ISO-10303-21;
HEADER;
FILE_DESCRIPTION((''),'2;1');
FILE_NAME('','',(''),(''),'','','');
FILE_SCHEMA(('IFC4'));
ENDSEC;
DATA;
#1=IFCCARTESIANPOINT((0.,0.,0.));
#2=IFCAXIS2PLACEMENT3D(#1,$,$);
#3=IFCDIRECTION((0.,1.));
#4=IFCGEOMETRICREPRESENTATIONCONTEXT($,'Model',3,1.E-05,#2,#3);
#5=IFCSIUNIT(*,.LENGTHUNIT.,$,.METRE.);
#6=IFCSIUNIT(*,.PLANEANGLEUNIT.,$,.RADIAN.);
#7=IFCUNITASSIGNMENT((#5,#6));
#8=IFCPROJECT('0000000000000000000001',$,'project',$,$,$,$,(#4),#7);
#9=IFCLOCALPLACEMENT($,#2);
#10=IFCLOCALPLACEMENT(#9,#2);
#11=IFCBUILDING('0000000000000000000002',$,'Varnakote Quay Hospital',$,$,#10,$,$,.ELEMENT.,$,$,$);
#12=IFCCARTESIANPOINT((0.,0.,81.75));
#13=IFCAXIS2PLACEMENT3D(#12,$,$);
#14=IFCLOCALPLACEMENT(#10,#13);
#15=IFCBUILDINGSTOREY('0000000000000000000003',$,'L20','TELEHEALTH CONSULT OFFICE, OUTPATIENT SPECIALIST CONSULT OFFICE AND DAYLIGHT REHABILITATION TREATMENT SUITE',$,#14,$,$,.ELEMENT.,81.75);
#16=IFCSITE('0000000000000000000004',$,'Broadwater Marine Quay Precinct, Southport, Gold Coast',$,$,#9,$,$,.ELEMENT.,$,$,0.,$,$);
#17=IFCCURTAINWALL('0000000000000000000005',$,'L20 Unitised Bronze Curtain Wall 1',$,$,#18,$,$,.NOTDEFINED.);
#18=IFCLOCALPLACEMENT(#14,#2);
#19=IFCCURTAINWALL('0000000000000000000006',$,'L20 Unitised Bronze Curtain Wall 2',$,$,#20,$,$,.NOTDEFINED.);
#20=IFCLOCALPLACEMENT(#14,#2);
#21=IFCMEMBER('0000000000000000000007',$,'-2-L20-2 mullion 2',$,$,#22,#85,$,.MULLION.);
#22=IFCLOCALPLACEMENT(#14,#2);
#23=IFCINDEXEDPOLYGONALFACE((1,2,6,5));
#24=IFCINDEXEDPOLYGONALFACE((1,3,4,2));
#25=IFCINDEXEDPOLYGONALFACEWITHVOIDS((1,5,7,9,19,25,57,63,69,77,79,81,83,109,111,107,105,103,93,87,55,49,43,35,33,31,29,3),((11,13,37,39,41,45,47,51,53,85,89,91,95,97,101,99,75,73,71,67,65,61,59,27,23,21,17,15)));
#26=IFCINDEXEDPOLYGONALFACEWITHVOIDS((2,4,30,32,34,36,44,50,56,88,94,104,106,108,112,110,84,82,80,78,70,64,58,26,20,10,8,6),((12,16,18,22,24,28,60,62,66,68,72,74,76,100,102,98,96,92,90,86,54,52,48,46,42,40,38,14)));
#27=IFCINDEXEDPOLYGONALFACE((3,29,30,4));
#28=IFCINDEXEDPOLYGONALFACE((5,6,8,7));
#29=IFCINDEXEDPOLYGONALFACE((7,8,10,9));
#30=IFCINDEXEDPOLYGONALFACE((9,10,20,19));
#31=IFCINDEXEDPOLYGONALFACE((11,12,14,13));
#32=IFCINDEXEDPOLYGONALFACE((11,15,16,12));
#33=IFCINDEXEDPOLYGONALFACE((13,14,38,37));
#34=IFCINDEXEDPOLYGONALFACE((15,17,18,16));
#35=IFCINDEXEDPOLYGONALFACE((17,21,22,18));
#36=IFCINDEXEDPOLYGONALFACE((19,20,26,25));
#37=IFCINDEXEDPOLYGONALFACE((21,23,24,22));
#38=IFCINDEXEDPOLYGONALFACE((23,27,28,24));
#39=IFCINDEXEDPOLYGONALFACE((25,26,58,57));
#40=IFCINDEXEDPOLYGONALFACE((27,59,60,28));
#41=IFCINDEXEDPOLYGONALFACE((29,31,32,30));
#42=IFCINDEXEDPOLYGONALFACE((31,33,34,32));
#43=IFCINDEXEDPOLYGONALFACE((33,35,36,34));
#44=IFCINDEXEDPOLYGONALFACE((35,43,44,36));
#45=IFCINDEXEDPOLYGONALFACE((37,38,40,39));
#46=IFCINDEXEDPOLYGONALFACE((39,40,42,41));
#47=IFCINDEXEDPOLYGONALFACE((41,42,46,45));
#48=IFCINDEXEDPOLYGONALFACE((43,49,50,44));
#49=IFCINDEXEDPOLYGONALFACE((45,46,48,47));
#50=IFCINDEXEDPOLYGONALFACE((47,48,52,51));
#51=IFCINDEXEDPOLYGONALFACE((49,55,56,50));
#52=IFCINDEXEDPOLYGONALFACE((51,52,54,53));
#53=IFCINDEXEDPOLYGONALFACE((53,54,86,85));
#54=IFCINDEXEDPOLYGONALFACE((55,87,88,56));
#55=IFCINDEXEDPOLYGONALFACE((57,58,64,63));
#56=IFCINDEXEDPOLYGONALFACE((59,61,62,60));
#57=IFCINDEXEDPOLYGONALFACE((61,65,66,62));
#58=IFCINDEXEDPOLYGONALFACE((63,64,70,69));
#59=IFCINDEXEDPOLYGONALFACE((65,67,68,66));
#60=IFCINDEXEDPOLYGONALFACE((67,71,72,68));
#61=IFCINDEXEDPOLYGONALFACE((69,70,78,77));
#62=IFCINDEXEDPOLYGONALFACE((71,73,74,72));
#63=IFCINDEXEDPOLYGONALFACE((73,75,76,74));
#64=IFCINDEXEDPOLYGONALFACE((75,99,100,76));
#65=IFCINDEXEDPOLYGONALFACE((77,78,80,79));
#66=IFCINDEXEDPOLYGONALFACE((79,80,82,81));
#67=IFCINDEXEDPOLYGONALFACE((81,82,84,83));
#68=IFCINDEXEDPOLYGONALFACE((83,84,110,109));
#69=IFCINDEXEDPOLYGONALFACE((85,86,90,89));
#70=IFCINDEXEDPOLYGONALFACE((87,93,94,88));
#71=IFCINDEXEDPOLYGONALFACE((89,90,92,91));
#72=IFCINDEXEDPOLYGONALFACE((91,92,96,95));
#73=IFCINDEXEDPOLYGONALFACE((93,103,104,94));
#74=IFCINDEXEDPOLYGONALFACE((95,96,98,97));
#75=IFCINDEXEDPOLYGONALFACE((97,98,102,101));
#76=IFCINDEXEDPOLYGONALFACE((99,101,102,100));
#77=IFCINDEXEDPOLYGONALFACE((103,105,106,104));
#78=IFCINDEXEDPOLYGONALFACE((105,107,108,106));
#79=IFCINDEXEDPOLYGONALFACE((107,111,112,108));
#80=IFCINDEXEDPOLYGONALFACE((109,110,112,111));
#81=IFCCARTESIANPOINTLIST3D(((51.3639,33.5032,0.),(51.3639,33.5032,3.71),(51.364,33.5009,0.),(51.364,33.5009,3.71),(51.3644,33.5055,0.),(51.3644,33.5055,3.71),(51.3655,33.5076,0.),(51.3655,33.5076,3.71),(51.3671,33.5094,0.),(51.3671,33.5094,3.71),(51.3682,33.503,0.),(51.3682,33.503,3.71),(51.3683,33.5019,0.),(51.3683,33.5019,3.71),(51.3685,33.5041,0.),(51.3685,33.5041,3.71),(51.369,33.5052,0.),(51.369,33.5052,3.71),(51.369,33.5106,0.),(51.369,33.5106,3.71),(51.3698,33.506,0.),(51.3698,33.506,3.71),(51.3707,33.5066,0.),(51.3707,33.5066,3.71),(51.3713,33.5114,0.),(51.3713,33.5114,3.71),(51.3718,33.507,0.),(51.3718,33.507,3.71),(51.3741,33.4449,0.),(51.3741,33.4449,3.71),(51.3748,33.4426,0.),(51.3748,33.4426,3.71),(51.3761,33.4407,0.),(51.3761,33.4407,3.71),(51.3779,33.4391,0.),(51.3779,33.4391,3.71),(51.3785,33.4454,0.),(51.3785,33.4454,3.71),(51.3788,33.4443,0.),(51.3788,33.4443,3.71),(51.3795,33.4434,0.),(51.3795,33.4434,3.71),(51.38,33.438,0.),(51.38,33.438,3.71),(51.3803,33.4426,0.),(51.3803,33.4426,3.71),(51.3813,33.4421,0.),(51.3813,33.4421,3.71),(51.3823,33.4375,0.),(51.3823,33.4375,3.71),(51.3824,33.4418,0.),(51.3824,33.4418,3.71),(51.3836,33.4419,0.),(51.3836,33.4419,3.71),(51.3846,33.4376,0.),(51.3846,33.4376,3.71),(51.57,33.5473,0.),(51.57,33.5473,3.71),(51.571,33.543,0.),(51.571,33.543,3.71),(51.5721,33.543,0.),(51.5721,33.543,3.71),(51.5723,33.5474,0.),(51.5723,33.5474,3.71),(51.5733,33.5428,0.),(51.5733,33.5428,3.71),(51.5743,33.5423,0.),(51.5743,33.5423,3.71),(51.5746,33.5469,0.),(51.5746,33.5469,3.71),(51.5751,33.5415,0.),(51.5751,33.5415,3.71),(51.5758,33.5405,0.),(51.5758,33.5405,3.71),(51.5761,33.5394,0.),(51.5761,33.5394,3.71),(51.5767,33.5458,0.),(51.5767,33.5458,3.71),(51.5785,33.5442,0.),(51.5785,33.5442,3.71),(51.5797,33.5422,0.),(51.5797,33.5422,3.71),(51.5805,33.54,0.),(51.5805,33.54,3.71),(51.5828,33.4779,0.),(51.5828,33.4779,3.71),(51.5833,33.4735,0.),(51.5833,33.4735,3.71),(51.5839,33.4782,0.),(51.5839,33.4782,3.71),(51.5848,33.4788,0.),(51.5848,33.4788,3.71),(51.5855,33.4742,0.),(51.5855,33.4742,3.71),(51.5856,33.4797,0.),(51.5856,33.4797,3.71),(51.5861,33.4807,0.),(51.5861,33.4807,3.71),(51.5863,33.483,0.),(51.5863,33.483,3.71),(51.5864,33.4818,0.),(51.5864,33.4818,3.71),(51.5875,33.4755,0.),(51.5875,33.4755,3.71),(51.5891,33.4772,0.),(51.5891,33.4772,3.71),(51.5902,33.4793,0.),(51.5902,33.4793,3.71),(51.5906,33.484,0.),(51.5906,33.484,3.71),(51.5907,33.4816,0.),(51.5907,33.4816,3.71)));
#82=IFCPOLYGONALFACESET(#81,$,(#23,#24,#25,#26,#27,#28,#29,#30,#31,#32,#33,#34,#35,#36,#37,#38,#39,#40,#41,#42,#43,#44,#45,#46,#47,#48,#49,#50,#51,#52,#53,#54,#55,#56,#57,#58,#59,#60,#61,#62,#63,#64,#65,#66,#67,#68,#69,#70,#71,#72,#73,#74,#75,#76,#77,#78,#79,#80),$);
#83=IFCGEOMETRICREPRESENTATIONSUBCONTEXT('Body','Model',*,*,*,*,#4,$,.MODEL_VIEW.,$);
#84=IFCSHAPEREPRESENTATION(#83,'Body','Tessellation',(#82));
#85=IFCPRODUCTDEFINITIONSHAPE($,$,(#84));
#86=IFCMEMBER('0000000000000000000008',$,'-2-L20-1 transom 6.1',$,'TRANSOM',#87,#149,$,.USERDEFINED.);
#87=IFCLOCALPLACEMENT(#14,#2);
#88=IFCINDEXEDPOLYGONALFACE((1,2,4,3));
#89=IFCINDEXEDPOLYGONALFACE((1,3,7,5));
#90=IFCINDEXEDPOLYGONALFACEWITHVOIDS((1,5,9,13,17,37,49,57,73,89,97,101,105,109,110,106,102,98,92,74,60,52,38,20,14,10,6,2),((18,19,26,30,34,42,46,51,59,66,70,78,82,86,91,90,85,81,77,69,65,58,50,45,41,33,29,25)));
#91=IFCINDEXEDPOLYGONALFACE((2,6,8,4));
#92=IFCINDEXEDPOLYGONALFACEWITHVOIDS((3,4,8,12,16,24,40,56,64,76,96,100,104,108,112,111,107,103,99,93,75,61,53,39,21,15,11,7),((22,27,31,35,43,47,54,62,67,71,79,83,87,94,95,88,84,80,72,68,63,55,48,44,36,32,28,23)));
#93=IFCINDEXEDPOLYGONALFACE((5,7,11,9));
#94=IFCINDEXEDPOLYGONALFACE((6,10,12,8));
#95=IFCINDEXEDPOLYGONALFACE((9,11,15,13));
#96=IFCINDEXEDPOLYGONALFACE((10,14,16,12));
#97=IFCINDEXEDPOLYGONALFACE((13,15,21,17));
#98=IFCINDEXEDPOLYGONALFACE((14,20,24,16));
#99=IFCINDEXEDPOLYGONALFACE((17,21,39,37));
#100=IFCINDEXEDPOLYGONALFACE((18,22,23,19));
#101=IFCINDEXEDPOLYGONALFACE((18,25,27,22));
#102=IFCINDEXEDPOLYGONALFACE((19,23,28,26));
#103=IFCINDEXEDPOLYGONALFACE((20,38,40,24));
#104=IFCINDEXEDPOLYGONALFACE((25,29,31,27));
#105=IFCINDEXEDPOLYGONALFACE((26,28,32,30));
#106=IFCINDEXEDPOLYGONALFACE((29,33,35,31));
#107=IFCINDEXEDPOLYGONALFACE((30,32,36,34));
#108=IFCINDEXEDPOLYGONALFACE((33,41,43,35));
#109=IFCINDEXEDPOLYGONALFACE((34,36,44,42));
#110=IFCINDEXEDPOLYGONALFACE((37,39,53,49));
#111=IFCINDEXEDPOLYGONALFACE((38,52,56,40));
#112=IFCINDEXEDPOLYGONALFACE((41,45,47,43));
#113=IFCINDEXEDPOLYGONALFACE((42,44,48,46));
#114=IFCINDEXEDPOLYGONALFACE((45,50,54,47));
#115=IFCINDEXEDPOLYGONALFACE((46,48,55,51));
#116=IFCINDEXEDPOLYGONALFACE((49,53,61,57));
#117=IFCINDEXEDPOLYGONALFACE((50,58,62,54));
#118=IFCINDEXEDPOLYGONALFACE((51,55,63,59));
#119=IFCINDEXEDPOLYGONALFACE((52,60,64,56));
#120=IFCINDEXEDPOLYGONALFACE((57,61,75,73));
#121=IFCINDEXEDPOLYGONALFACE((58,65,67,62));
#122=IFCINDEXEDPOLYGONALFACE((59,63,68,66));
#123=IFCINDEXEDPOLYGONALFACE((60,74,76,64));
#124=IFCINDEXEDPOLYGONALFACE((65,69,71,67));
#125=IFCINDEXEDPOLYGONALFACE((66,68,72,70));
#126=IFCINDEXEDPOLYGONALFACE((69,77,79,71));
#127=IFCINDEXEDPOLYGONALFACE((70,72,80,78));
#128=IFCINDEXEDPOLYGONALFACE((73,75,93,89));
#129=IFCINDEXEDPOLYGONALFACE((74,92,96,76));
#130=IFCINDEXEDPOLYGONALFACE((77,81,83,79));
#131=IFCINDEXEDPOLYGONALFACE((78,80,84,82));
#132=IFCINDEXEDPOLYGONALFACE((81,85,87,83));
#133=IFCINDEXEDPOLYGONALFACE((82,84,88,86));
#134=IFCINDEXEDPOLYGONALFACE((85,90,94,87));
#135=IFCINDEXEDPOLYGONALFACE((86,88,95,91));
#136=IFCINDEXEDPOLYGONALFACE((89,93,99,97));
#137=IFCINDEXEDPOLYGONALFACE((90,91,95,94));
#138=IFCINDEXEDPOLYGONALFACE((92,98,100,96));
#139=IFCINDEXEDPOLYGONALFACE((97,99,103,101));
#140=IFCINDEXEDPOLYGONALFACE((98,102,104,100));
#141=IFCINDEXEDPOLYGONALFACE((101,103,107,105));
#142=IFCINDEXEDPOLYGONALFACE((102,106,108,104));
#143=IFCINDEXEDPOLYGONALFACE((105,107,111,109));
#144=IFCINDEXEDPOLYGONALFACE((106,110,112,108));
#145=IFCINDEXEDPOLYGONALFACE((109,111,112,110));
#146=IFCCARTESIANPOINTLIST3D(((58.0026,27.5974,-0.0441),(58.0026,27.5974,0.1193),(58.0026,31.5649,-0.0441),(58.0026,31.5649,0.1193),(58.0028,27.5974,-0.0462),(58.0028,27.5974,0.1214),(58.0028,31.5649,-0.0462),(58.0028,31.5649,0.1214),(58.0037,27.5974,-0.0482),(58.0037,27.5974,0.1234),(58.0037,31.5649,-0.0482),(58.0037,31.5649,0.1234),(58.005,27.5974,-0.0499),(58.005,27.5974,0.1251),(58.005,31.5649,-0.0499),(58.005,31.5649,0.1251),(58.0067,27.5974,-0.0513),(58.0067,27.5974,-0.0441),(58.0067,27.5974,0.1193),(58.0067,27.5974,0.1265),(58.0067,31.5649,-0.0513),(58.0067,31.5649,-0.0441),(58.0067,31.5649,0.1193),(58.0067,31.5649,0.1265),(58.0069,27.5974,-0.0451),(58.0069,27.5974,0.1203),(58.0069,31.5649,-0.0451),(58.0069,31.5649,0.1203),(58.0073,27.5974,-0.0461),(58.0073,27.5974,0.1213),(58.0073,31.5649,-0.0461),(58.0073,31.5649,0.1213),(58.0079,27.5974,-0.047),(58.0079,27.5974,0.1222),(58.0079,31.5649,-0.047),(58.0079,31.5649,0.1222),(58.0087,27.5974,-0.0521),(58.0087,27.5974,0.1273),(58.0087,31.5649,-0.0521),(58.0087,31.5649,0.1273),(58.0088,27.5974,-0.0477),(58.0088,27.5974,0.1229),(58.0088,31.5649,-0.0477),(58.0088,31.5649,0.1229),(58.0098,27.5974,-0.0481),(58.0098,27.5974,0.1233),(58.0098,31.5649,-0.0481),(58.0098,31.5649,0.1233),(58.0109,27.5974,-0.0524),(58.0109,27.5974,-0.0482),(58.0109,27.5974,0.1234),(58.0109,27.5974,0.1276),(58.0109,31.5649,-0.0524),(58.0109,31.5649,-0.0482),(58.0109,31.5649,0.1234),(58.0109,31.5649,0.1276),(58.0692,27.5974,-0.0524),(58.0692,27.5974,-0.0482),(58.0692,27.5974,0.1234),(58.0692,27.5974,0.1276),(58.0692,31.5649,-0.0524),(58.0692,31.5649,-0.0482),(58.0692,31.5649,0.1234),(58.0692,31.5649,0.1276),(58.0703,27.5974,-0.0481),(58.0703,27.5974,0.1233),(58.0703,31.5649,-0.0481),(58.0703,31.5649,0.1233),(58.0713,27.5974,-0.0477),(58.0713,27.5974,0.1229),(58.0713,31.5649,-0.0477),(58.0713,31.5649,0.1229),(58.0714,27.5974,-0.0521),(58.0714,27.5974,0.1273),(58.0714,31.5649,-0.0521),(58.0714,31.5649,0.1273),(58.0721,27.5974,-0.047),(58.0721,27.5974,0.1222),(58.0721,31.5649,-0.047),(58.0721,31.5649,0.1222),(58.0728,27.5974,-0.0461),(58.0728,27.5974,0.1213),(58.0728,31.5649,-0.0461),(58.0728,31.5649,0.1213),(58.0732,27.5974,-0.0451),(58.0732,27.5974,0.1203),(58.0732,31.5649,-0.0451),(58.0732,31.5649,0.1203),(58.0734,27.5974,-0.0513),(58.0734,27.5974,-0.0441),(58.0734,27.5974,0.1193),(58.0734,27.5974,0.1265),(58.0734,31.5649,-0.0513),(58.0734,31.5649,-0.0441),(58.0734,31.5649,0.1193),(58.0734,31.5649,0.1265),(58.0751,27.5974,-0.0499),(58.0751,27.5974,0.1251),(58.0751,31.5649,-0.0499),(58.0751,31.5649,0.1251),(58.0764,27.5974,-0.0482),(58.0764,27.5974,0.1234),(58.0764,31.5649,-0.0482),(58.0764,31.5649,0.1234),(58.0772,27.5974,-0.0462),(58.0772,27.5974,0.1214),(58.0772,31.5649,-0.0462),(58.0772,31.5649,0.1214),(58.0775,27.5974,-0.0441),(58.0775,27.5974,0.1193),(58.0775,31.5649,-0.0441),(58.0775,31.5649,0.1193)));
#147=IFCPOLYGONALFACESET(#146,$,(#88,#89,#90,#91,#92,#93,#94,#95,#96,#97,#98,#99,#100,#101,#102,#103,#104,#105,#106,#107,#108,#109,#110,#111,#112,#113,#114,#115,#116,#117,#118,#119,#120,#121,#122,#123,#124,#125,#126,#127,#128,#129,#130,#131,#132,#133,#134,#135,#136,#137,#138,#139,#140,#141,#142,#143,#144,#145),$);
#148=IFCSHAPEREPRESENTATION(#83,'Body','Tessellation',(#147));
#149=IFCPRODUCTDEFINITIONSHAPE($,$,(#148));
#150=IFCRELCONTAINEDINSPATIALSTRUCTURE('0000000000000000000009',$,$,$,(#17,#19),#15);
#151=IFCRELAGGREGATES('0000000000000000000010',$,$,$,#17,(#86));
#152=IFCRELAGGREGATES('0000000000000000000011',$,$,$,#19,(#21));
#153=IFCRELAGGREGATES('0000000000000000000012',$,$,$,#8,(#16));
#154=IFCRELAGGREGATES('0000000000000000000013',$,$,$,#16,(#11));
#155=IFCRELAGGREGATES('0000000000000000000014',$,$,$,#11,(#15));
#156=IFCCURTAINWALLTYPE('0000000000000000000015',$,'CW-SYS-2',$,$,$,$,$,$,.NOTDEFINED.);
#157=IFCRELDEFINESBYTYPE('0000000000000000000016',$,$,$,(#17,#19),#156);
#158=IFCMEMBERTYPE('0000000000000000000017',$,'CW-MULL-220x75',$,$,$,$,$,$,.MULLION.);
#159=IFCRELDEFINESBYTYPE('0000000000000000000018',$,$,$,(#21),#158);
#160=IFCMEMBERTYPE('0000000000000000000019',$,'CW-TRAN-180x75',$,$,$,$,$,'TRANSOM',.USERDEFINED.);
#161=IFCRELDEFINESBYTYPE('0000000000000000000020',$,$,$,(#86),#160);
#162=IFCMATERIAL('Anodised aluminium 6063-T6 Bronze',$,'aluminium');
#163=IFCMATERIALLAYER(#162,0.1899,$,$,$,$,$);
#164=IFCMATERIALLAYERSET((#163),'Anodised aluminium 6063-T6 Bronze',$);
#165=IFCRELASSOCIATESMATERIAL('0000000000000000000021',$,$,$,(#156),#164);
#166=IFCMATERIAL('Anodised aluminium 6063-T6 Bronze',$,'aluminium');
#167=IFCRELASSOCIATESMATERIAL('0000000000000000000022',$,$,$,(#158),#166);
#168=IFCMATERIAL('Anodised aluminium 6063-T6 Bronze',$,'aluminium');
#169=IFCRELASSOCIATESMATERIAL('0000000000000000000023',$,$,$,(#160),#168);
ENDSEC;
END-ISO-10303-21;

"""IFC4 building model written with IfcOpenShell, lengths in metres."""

from ifc_helpers import new_model, si_unit, direction, frame, origin, origin_2d, place, context, subcontext, project, spatial, hollow_rectangle, extrude, material, layer, layer_set, material_profile, profile_set, type_object, element, aggregate, save


model = new_model("IFC4")

# Units and contexts
model_context = context("Model", 3, precision=1e-05, world=origin(), true_north=direction((0.0, 1.0)))
body_context = subcontext(model_context, "Body", "Model", "MODEL_VIEW")
ifc_project = project(units=[si_unit("LENGTHUNIT", "METRE"), si_unit("PLANEANGLEUNIT", "RADIAN")], contexts=[model_context])

# Site, building, storey
site_placement = place(None, origin())
site = spatial("IfcSite", under=ifc_project, at=site_placement, Name="Broadwater Marine Quay Precinct, Southport, Gold Coast", CompositionType="ELEMENT", RefElevation=0.0)
building_placement = place(site_placement, origin())
building = spatial("IfcBuilding", under=site, at=building_placement, Name="Varnakote Quay Hospital", CompositionType="ELEMENT")
storey_placement = place(building_placement, frame((0.0, 0.0, 81.75)))
storey = spatial("IfcBuildingStorey", under=building, at=storey_placement, Name="L20", Description="TELEHEALTH CONSULT OFFICE, OUTPATIENT SPECIALIST CONSULT OFFICE AND DAYLIGHT REHABILITATION TREATMENT SUITE", CompositionType="ELEMENT", Elevation=81.75)

# Curtain wall
ifc_material_1 = material(Name="Anodised aluminium 6063-T6 Bronze", Category="aluminium")
ifc_layer_1 = layer(ifc_material_1, 0.1899)
ifc_layer_set_1 = layer_set([ifc_layer_1], Name="Anodised aluminium 6063-T6 Bronze")
curtain_wall_type = type_object("IfcCurtainWallType", Name="CW-SYS-2", PredefinedType="NOTDEFINED", material=ifc_layer_set_1)
curtain_wall_1_placement = place(storey_placement, origin())
curtain_wall_1 = element("IfcCurtainWall", 1, at=curtain_wall_1_placement, inside=storey, type_object=curtain_wall_type, Name="L20 Unitised Bronze Curtain Wall 1", PredefinedType="NOTDEFINED")
ifc_material_2 = material(Name="Anodised aluminium 6063-T6 Bronze", Category="aluminium")
ifc_material_profile_1 = material_profile(ifc_material_2, hollow_rectangle(XDim=0.075, YDim=0.22, WallThickness=0.0044, InnerFilletRadius=0.0044, OuterFilletRadius=0.009, at=origin_2d()), Name="CW-MULL-220x75")
ifc_profile_set_1 = profile_set([ifc_material_profile_1], Name="Anodised aluminium 6063-T6 Bronze")
member_type_1 = type_object("IfcMemberType", Name="CW-MULL-220x75", PredefinedType="MULLION", material=ifc_profile_set_1)

# Curtain wall, member
curtain_wall_2_placement = place(storey_placement, origin())
curtain_wall_2 = element("IfcCurtainWall", 2, at=curtain_wall_2_placement, inside=storey, type_object=curtain_wall_type, Name="L20 Unitised Bronze Curtain Wall 2", PredefinedType="NOTDEFINED")
member_1_placement = place(storey_placement, frame((51.4773, 33.4924, 0.0), z_axis=(0.0, 0.0, 1.0), x_axis=(0.177846, -0.984058, 0.0)))
member_1 = element("IfcMember", 3, at=member_1_placement, type_object=member_type_1, Name="-2-L20-2 mullion 2", PredefinedType="MULLION", context=body_context, shape_type="SweptSolid", body=[
    extrude(hollow_rectangle(XDim=0.075, YDim=0.22, WallThickness=0.0044, InnerFilletRadius=0.0044, OuterFilletRadius=0.009, at=origin_2d()), origin(), (0.0, 0.0, 1.0), 3.71),
])

# Member
ifc_material_3 = material(Name="Anodised aluminium 6063-T6 Bronze", Category="aluminium")
ifc_material_profile_2 = material_profile(ifc_material_3, hollow_rectangle(XDim=0.075, YDim=0.1799, WallThickness=0.0042, InnerFilletRadius=0.0042, OuterFilletRadius=0.0083, at=origin_2d()), Name="CW-TRAN-180x75")
ifc_profile_set_2 = profile_set([ifc_material_profile_2], Name="Anodised aluminium 6063-T6 Bronze")
member_type_2 = type_object("IfcMemberType", Name="CW-TRAN-180x75", ElementType="TRANSOM", PredefinedType="USERDEFINED", material=ifc_profile_set_2)
member_2_placement = place(storey_placement, frame((58.04, 27.5974, 0.0376), z_axis=(0.0, 1.0, 0.0), x_axis=(-1.0, 0.0, 0.0)))
member_2 = element("IfcMember", 4, at=member_2_placement, type_object=member_type_2, Name="-2-L20-1 transom 6.1", ObjectType="TRANSOM", PredefinedType="USERDEFINED", context=body_context, shape_type="SweptSolid", body=[
    extrude(hollow_rectangle(XDim=0.075, YDim=0.1799, WallThickness=0.0042, InnerFilletRadius=0.0042, OuterFilletRadius=0.0083, at=origin_2d()), origin(), (0.0, 0.0, 1.0), 3.9675),
])

aggregate(curtain_wall_1, [member_2])
aggregate(curtain_wall_2, [member_1])

save(model, "model.ifc")
